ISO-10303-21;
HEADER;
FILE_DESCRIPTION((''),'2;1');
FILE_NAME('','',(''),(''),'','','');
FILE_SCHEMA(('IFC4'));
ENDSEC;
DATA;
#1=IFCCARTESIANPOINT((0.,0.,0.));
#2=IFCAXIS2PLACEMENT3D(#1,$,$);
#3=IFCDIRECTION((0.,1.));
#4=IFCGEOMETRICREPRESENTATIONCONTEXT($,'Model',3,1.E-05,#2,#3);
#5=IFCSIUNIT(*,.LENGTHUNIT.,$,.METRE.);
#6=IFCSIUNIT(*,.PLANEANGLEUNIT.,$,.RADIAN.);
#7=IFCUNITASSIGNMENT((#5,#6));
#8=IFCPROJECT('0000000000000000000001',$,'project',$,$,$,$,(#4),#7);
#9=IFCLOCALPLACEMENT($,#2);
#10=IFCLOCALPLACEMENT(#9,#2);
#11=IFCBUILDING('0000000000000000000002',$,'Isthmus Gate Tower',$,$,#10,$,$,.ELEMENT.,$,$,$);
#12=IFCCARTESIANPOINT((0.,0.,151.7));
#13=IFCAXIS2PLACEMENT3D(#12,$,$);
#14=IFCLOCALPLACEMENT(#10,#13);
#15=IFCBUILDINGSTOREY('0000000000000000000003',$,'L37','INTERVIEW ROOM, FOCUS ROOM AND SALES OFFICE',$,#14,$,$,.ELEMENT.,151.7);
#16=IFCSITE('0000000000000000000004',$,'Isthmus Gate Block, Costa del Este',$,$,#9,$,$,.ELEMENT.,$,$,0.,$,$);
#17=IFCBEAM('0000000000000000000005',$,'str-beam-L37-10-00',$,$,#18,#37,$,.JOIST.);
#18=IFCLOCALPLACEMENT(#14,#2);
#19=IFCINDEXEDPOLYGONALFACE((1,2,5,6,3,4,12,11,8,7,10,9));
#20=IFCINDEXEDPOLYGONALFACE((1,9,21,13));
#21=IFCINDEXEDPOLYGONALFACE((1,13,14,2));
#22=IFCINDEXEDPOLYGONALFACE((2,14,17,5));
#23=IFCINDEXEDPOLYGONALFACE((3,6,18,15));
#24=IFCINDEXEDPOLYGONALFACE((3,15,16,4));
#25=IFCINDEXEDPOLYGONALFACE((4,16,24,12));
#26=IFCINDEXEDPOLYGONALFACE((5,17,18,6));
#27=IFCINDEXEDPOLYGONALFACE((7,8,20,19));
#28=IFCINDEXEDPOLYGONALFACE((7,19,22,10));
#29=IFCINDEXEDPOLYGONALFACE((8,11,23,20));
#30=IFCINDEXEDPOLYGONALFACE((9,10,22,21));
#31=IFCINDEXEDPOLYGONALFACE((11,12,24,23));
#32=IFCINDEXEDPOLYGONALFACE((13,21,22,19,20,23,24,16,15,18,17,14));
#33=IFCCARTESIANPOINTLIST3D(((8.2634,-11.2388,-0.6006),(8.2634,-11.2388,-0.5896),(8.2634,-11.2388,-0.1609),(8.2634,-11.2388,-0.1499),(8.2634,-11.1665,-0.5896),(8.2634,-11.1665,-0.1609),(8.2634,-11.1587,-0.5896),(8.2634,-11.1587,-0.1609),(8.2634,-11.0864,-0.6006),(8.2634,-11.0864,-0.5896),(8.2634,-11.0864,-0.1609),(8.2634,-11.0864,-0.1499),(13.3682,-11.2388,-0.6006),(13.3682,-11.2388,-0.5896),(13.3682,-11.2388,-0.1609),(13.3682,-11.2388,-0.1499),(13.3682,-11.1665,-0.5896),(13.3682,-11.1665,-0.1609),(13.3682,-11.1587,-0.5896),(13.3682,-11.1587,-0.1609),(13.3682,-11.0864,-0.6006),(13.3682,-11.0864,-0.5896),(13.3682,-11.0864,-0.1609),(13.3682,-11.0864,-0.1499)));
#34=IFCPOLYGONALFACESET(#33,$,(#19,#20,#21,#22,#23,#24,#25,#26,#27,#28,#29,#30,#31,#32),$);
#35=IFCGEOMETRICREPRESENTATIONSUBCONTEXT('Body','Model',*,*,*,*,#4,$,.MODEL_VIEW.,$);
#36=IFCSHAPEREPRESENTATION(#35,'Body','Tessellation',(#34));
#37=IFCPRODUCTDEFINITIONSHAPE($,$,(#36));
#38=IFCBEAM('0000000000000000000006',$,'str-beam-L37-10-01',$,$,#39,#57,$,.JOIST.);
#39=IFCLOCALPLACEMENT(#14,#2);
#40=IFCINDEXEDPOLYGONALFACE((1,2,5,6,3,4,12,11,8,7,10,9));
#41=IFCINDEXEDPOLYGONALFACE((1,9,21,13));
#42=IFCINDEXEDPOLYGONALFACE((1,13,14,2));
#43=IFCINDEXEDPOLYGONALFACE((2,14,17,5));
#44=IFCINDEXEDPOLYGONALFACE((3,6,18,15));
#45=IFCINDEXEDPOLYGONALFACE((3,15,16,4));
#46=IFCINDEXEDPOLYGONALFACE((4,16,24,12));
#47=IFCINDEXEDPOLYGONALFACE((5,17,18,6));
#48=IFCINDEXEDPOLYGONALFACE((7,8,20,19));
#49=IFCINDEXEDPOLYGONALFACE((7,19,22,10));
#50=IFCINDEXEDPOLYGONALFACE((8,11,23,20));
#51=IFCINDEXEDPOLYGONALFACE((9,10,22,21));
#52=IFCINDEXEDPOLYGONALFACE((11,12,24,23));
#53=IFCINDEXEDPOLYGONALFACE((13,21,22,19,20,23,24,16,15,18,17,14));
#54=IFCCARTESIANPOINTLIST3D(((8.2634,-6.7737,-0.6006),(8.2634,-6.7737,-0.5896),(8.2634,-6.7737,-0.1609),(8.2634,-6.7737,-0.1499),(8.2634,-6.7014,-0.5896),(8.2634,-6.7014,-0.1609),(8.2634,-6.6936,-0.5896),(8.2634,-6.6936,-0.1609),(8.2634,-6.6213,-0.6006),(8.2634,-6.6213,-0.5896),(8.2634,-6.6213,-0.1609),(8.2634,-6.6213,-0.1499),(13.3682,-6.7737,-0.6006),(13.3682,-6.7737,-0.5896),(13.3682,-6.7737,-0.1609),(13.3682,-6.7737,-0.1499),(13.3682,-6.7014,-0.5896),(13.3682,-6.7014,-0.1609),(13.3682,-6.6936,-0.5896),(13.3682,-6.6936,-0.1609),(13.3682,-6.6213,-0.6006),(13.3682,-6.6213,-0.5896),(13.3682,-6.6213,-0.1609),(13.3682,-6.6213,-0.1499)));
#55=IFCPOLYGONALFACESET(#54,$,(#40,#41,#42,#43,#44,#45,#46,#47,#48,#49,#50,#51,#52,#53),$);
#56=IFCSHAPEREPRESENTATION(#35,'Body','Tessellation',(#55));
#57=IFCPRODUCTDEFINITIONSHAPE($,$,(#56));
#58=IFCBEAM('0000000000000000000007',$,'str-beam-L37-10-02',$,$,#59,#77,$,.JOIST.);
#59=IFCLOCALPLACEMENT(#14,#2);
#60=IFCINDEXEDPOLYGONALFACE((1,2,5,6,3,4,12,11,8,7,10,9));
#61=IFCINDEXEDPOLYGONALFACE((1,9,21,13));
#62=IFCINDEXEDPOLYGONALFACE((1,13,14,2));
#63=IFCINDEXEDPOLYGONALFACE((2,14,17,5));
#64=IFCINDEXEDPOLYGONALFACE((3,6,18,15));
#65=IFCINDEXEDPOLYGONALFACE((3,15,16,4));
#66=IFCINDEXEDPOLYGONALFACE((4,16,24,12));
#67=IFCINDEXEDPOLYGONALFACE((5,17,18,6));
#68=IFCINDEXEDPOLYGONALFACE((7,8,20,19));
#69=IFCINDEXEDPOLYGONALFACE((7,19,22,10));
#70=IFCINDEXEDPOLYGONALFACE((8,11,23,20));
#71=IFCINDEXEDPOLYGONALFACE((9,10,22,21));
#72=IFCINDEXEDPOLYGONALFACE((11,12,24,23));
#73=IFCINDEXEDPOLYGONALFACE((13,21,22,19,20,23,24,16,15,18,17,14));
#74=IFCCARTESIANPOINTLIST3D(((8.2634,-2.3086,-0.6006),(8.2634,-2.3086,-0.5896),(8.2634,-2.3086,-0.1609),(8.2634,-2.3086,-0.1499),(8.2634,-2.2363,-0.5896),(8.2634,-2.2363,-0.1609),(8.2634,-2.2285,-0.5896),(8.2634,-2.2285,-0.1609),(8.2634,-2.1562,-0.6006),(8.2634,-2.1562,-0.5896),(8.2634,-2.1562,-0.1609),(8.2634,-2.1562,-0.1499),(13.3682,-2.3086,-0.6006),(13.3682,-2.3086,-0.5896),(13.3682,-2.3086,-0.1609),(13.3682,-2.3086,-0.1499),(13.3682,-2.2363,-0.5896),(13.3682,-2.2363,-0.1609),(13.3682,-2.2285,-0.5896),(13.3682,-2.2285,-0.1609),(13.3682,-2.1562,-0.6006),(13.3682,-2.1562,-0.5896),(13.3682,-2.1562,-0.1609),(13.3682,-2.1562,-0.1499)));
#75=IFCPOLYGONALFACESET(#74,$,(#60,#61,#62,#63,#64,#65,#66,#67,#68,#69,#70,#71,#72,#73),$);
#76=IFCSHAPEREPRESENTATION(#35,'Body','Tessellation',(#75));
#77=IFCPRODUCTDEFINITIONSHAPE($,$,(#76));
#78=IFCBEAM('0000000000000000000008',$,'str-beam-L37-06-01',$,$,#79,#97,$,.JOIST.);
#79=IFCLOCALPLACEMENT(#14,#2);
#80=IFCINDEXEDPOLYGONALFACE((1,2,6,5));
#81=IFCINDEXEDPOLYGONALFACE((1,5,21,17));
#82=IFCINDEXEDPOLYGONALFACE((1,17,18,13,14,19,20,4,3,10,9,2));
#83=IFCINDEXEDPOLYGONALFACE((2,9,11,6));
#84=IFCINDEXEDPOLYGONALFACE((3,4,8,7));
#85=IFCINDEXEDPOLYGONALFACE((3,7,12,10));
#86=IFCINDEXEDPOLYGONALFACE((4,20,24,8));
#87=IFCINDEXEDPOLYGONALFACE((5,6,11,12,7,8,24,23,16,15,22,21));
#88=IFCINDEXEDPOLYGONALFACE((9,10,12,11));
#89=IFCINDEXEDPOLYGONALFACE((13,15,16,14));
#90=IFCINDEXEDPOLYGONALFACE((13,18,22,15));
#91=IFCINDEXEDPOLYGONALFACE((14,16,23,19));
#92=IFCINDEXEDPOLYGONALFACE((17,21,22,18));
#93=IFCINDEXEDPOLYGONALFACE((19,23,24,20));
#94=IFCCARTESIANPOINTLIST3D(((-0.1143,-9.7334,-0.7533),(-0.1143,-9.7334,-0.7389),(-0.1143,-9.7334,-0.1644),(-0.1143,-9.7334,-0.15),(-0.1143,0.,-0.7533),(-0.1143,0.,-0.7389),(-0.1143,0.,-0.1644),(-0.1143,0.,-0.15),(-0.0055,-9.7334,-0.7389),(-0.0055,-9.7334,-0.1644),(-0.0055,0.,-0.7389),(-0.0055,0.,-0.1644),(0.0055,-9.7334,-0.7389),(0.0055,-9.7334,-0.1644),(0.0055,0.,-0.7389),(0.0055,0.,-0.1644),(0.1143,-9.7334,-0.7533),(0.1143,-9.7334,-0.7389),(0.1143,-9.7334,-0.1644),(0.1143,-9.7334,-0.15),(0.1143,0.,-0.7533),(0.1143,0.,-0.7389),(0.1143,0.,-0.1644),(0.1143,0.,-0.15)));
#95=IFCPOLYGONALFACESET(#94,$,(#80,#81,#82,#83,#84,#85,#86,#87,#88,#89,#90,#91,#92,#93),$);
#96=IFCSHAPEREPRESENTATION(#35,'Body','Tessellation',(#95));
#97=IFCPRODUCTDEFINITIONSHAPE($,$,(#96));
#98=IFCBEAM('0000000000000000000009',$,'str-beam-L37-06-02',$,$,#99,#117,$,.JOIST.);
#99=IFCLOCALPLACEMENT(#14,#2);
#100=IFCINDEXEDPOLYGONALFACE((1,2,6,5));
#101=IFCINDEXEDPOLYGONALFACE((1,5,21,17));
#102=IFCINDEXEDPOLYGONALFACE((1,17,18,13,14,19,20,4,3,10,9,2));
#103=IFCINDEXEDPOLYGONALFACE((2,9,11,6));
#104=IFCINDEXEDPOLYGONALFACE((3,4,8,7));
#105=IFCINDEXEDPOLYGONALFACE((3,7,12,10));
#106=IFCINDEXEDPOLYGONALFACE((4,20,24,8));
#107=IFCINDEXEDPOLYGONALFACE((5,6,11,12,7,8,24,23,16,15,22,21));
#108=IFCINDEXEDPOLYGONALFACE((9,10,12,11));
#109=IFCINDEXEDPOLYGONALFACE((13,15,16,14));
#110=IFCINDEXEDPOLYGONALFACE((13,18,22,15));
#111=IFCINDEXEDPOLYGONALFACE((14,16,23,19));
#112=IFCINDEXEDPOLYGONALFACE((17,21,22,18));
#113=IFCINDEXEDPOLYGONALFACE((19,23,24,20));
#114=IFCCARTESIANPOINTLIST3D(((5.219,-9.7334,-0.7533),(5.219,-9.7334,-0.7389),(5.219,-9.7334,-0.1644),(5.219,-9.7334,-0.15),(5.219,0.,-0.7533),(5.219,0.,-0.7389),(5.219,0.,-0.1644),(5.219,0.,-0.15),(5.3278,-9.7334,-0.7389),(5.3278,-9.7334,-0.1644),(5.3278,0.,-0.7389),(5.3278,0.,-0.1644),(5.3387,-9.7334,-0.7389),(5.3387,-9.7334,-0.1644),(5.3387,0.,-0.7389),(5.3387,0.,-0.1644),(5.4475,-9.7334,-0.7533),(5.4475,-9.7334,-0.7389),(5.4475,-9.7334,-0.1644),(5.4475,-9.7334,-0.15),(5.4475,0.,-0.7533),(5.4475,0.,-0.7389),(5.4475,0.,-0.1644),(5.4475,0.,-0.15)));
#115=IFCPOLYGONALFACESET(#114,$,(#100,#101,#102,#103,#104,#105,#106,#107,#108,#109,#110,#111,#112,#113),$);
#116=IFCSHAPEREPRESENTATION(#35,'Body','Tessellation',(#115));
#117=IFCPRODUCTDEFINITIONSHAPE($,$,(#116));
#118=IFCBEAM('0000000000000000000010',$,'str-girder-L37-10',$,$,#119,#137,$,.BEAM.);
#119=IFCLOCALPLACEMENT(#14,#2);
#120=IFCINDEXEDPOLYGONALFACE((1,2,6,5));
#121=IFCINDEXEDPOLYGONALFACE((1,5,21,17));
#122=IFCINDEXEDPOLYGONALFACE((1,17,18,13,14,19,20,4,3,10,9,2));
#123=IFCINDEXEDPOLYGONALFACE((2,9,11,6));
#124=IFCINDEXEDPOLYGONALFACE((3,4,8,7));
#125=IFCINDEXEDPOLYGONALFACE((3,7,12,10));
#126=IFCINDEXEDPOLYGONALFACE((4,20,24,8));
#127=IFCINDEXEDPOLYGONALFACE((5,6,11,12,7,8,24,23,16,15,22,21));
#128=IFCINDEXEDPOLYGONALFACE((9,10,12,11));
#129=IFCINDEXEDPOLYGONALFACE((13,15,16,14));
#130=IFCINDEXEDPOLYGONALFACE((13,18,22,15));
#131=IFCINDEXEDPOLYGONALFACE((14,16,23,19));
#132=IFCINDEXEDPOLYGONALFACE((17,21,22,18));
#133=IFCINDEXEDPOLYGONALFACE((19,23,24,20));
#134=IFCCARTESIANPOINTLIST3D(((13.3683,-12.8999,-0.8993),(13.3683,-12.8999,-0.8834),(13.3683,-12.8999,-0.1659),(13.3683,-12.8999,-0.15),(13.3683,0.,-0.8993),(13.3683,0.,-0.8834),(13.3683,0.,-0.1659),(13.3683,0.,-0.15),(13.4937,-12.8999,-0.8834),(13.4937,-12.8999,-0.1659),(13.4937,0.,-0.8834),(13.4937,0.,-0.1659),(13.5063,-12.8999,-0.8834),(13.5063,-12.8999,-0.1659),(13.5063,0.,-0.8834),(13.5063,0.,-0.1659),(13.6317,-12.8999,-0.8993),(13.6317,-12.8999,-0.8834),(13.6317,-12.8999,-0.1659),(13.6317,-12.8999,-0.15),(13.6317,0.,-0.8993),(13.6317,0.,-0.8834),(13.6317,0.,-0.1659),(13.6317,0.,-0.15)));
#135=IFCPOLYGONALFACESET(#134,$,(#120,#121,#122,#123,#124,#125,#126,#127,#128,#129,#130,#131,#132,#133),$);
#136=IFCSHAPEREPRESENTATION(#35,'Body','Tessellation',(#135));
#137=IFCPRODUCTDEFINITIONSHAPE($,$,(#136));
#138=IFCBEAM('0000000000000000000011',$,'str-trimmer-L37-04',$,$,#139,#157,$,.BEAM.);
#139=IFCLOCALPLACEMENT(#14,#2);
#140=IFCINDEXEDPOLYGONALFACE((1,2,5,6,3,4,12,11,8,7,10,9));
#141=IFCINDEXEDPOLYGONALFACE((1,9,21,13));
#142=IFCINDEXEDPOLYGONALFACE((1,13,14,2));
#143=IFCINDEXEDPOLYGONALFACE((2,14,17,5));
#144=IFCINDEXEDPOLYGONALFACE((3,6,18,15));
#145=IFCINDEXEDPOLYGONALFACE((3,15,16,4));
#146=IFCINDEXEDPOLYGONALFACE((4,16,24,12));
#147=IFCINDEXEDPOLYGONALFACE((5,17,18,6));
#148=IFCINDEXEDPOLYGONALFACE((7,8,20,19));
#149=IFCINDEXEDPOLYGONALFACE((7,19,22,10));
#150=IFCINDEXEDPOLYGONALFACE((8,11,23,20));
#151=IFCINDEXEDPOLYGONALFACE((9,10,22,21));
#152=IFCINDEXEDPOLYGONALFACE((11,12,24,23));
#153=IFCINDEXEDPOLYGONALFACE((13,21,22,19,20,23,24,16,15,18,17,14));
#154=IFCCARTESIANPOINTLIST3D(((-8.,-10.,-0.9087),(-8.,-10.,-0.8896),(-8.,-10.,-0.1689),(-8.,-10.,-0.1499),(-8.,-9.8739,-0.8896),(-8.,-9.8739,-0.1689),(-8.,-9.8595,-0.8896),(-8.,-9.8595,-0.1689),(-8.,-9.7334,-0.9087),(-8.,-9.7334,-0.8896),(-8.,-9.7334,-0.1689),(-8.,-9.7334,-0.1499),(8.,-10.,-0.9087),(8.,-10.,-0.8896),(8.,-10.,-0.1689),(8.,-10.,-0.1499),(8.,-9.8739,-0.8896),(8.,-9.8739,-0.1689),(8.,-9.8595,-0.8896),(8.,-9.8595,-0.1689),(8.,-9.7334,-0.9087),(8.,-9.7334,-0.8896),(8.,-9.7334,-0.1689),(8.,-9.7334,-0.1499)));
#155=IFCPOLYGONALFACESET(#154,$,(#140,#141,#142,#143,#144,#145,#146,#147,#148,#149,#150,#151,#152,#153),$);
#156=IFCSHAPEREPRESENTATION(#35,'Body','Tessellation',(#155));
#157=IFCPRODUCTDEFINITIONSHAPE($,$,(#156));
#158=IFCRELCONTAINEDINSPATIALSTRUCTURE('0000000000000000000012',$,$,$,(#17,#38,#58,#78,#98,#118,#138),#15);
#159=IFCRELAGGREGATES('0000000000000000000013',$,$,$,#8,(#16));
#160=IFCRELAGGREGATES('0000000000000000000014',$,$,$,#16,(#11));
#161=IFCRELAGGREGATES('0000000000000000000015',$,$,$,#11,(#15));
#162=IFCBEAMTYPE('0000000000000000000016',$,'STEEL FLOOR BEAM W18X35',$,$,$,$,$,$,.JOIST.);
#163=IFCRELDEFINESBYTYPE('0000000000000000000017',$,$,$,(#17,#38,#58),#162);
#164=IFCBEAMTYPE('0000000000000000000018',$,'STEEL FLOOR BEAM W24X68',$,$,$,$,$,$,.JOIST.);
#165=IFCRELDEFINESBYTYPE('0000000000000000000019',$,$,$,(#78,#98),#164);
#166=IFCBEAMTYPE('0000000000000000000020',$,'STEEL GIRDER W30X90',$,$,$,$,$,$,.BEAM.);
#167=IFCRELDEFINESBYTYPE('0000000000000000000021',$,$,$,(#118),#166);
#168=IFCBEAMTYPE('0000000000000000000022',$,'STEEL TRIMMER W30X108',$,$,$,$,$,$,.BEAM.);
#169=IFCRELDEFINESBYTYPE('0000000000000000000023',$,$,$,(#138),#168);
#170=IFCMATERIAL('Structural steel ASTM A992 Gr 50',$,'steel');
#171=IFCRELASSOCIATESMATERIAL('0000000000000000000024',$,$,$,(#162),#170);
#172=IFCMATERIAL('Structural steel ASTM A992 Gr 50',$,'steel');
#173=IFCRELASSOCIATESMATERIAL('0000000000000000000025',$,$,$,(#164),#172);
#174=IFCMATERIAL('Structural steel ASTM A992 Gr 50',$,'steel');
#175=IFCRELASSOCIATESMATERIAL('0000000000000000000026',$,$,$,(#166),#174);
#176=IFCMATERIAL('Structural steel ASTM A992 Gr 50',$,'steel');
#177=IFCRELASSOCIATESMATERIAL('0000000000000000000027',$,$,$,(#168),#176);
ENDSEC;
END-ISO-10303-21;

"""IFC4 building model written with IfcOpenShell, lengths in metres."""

from ifc_helpers import new_model, si_unit, direction, frame, origin, origin_2d, place, context, subcontext, project, spatial, i_section, extrude, material, material_profile, profile_set, type_object, element, save


model = new_model("IFC4")

# Units and contexts
model_context = context("Model", 3, precision=1e-05, world=origin(), true_north=direction((0.0, 1.0)))
body_context = subcontext(model_context, "Body", "Model", "MODEL_VIEW")
ifc_project = project(units=[si_unit("LENGTHUNIT", "METRE"), si_unit("PLANEANGLEUNIT", "RADIAN")], contexts=[model_context])

# Site, building, storey
site_placement = place(None, origin())
site = spatial("IfcSite", under=ifc_project, at=site_placement, Name="Isthmus Gate Block, Costa del Este", CompositionType="ELEMENT", RefElevation=0.0)
building_placement = place(site_placement, origin())
building = spatial("IfcBuilding", under=site, at=building_placement, Name="Isthmus Gate Tower", CompositionType="ELEMENT")
storey_placement = place(building_placement, frame((0.0, 0.0, 151.7)))
storey = spatial("IfcBuildingStorey", under=building, at=storey_placement, Name="L37", Description="INTERVIEW ROOM, FOCUS ROOM AND SALES OFFICE", CompositionType="ELEMENT", Elevation=151.7)

# Beams
ifc_material_1 = material(Name="Structural steel ASTM A992 Gr 50", Category="steel")
ifc_material_profile_1 = material_profile(ifc_material_1, i_section(OverallWidth=0.1523, OverallDepth=0.4507, WebThickness=0.0078, FlangeThickness=0.011, at=origin_2d()), Name="W18X35")
ifc_profile_set_1 = profile_set([ifc_material_profile_1], Name="Structural steel ASTM A992 Gr 50")
beam_type_1 = type_object("IfcBeamType", Name="STEEL FLOOR BEAM W18X35", PredefinedType="JOIST", material=ifc_profile_set_1)
for number, where, z_axis, x_axis, name in (
    (1, (8.2634, -11.1626, -0.3752), (1.0, 0.0, 0.0), (0.0, 1.0, 0.0), "str-beam-L37-10-00"),
    (2, (8.2634, -6.6975, -0.3752), (1.0, 0.0, 0.0), (0.0, 1.0, 0.0), "str-beam-L37-10-01"),
    (3, (8.2634, -2.2324, -0.3752), (1.0, 0.0, 0.0), (0.0, 1.0, 0.0), "str-beam-L37-10-02"),
):
    element("IfcBeam", number, at=place(storey_placement, frame(where, z_axis=z_axis, x_axis=x_axis)), inside=storey, type_object=beam_type_1, Name=name, PredefinedType="JOIST", context=body_context, shape_type="SweptSolid", body=[
        extrude(i_section(OverallWidth=0.1523, OverallDepth=0.4507, WebThickness=0.0078, FlangeThickness=0.011, at=origin_2d()), origin(), (0.0, 0.0, 1.0), 5.1047),
    ])
ifc_material_2 = material(Name="Structural steel ASTM A992 Gr 50", Category="steel")
ifc_material_profile_2 = material_profile(ifc_material_2, i_section(OverallWidth=0.2285, OverallDepth=0.6033, WebThickness=0.011, FlangeThickness=0.0144, at=origin_2d()), Name="W24X68")
ifc_profile_set_2 = profile_set([ifc_material_profile_2], Name="Structural steel ASTM A992 Gr 50")
beam_type_2 = type_object("IfcBeamType", Name="STEEL FLOOR BEAM W24X68", PredefinedType="JOIST", material=ifc_profile_set_2)
for number, where, z_axis, x_axis, name in (
    (4, (0.0, -9.7334, -0.4517), (0.0, 1.0, 0.0), (-1.0, 0.0, 0.0), "str-beam-L37-06-01"),
    (5, (5.3333, -9.7334, -0.4517), (0.0, 1.0, 0.0), (-1.0, 0.0, 0.0), "str-beam-L37-06-02"),
):
    element("IfcBeam", number, at=place(storey_placement, frame(where, z_axis=z_axis, x_axis=x_axis)), inside=storey, type_object=beam_type_2, Name=name, PredefinedType="JOIST", context=body_context, shape_type="SweptSolid", body=[
        extrude(i_section(OverallWidth=0.2285, OverallDepth=0.6033, WebThickness=0.011, FlangeThickness=0.0144, at=origin_2d()), origin(), (0.0, 0.0, 1.0), 9.7334),
    ])
ifc_material_3 = material(Name="Structural steel ASTM A992 Gr 50", Category="steel")
ifc_material_profile_3 = material_profile(ifc_material_3, i_section(OverallWidth=0.2634, OverallDepth=0.7493, WebThickness=0.0127, FlangeThickness=0.0159, at=origin_2d()), Name="W30X90")
ifc_profile_set_3 = profile_set([ifc_material_profile_3], Name="Structural steel ASTM A992 Gr 50")
beam_type_3 = type_object("IfcBeamType", Name="STEEL GIRDER W30X90", PredefinedType="BEAM", material=ifc_profile_set_3)
beam_1_placement = place(storey_placement, frame((13.5, -12.8999, -0.5247), z_axis=(0.0, 1.0, 0.0), x_axis=(-1.0, 0.0, 0.0)))
element("IfcBeam", 6, at=beam_1_placement, inside=storey, type_object=beam_type_3, Name="str-girder-L37-10", PredefinedType="BEAM", context=body_context, shape_type="SweptSolid", body=[
    extrude(i_section(OverallWidth=0.2634, OverallDepth=0.7493, WebThickness=0.0127, FlangeThickness=0.0159, at=origin_2d()), origin(), (0.0, 0.0, 1.0), 12.8999),
])
ifc_material_4 = material(Name="Structural steel ASTM A992 Gr 50", Category="steel")
ifc_material_profile_4 = material_profile(ifc_material_4, i_section(OverallWidth=0.2666, OverallDepth=0.7588, WebThickness=0.0144, FlangeThickness=0.019, at=origin_2d()), Name="W30X108")
ifc_profile_set_4 = profile_set([ifc_material_profile_4], Name="Structural steel ASTM A992 Gr 50")
beam_type_4 = type_object("IfcBeamType", Name="STEEL TRIMMER W30X108", PredefinedType="BEAM", material=ifc_profile_set_4)
beam_2_placement = place(storey_placement, frame((8.0, -9.8667, -0.5293), z_axis=(-1.0, 0.0, 0.0), x_axis=(0.0, -1.0, 0.0)))
element("IfcBeam", 7, at=beam_2_placement, inside=storey, type_object=beam_type_4, Name="str-trimmer-L37-04", PredefinedType="BEAM", context=body_context, shape_type="SweptSolid", body=[
    extrude(i_section(OverallWidth=0.2666, OverallDepth=0.7588, WebThickness=0.0144, FlangeThickness=0.019, at=origin_2d()), origin(), (0.0, 0.0, 1.0), 16.0),
])

save(model, "model.ifc")
